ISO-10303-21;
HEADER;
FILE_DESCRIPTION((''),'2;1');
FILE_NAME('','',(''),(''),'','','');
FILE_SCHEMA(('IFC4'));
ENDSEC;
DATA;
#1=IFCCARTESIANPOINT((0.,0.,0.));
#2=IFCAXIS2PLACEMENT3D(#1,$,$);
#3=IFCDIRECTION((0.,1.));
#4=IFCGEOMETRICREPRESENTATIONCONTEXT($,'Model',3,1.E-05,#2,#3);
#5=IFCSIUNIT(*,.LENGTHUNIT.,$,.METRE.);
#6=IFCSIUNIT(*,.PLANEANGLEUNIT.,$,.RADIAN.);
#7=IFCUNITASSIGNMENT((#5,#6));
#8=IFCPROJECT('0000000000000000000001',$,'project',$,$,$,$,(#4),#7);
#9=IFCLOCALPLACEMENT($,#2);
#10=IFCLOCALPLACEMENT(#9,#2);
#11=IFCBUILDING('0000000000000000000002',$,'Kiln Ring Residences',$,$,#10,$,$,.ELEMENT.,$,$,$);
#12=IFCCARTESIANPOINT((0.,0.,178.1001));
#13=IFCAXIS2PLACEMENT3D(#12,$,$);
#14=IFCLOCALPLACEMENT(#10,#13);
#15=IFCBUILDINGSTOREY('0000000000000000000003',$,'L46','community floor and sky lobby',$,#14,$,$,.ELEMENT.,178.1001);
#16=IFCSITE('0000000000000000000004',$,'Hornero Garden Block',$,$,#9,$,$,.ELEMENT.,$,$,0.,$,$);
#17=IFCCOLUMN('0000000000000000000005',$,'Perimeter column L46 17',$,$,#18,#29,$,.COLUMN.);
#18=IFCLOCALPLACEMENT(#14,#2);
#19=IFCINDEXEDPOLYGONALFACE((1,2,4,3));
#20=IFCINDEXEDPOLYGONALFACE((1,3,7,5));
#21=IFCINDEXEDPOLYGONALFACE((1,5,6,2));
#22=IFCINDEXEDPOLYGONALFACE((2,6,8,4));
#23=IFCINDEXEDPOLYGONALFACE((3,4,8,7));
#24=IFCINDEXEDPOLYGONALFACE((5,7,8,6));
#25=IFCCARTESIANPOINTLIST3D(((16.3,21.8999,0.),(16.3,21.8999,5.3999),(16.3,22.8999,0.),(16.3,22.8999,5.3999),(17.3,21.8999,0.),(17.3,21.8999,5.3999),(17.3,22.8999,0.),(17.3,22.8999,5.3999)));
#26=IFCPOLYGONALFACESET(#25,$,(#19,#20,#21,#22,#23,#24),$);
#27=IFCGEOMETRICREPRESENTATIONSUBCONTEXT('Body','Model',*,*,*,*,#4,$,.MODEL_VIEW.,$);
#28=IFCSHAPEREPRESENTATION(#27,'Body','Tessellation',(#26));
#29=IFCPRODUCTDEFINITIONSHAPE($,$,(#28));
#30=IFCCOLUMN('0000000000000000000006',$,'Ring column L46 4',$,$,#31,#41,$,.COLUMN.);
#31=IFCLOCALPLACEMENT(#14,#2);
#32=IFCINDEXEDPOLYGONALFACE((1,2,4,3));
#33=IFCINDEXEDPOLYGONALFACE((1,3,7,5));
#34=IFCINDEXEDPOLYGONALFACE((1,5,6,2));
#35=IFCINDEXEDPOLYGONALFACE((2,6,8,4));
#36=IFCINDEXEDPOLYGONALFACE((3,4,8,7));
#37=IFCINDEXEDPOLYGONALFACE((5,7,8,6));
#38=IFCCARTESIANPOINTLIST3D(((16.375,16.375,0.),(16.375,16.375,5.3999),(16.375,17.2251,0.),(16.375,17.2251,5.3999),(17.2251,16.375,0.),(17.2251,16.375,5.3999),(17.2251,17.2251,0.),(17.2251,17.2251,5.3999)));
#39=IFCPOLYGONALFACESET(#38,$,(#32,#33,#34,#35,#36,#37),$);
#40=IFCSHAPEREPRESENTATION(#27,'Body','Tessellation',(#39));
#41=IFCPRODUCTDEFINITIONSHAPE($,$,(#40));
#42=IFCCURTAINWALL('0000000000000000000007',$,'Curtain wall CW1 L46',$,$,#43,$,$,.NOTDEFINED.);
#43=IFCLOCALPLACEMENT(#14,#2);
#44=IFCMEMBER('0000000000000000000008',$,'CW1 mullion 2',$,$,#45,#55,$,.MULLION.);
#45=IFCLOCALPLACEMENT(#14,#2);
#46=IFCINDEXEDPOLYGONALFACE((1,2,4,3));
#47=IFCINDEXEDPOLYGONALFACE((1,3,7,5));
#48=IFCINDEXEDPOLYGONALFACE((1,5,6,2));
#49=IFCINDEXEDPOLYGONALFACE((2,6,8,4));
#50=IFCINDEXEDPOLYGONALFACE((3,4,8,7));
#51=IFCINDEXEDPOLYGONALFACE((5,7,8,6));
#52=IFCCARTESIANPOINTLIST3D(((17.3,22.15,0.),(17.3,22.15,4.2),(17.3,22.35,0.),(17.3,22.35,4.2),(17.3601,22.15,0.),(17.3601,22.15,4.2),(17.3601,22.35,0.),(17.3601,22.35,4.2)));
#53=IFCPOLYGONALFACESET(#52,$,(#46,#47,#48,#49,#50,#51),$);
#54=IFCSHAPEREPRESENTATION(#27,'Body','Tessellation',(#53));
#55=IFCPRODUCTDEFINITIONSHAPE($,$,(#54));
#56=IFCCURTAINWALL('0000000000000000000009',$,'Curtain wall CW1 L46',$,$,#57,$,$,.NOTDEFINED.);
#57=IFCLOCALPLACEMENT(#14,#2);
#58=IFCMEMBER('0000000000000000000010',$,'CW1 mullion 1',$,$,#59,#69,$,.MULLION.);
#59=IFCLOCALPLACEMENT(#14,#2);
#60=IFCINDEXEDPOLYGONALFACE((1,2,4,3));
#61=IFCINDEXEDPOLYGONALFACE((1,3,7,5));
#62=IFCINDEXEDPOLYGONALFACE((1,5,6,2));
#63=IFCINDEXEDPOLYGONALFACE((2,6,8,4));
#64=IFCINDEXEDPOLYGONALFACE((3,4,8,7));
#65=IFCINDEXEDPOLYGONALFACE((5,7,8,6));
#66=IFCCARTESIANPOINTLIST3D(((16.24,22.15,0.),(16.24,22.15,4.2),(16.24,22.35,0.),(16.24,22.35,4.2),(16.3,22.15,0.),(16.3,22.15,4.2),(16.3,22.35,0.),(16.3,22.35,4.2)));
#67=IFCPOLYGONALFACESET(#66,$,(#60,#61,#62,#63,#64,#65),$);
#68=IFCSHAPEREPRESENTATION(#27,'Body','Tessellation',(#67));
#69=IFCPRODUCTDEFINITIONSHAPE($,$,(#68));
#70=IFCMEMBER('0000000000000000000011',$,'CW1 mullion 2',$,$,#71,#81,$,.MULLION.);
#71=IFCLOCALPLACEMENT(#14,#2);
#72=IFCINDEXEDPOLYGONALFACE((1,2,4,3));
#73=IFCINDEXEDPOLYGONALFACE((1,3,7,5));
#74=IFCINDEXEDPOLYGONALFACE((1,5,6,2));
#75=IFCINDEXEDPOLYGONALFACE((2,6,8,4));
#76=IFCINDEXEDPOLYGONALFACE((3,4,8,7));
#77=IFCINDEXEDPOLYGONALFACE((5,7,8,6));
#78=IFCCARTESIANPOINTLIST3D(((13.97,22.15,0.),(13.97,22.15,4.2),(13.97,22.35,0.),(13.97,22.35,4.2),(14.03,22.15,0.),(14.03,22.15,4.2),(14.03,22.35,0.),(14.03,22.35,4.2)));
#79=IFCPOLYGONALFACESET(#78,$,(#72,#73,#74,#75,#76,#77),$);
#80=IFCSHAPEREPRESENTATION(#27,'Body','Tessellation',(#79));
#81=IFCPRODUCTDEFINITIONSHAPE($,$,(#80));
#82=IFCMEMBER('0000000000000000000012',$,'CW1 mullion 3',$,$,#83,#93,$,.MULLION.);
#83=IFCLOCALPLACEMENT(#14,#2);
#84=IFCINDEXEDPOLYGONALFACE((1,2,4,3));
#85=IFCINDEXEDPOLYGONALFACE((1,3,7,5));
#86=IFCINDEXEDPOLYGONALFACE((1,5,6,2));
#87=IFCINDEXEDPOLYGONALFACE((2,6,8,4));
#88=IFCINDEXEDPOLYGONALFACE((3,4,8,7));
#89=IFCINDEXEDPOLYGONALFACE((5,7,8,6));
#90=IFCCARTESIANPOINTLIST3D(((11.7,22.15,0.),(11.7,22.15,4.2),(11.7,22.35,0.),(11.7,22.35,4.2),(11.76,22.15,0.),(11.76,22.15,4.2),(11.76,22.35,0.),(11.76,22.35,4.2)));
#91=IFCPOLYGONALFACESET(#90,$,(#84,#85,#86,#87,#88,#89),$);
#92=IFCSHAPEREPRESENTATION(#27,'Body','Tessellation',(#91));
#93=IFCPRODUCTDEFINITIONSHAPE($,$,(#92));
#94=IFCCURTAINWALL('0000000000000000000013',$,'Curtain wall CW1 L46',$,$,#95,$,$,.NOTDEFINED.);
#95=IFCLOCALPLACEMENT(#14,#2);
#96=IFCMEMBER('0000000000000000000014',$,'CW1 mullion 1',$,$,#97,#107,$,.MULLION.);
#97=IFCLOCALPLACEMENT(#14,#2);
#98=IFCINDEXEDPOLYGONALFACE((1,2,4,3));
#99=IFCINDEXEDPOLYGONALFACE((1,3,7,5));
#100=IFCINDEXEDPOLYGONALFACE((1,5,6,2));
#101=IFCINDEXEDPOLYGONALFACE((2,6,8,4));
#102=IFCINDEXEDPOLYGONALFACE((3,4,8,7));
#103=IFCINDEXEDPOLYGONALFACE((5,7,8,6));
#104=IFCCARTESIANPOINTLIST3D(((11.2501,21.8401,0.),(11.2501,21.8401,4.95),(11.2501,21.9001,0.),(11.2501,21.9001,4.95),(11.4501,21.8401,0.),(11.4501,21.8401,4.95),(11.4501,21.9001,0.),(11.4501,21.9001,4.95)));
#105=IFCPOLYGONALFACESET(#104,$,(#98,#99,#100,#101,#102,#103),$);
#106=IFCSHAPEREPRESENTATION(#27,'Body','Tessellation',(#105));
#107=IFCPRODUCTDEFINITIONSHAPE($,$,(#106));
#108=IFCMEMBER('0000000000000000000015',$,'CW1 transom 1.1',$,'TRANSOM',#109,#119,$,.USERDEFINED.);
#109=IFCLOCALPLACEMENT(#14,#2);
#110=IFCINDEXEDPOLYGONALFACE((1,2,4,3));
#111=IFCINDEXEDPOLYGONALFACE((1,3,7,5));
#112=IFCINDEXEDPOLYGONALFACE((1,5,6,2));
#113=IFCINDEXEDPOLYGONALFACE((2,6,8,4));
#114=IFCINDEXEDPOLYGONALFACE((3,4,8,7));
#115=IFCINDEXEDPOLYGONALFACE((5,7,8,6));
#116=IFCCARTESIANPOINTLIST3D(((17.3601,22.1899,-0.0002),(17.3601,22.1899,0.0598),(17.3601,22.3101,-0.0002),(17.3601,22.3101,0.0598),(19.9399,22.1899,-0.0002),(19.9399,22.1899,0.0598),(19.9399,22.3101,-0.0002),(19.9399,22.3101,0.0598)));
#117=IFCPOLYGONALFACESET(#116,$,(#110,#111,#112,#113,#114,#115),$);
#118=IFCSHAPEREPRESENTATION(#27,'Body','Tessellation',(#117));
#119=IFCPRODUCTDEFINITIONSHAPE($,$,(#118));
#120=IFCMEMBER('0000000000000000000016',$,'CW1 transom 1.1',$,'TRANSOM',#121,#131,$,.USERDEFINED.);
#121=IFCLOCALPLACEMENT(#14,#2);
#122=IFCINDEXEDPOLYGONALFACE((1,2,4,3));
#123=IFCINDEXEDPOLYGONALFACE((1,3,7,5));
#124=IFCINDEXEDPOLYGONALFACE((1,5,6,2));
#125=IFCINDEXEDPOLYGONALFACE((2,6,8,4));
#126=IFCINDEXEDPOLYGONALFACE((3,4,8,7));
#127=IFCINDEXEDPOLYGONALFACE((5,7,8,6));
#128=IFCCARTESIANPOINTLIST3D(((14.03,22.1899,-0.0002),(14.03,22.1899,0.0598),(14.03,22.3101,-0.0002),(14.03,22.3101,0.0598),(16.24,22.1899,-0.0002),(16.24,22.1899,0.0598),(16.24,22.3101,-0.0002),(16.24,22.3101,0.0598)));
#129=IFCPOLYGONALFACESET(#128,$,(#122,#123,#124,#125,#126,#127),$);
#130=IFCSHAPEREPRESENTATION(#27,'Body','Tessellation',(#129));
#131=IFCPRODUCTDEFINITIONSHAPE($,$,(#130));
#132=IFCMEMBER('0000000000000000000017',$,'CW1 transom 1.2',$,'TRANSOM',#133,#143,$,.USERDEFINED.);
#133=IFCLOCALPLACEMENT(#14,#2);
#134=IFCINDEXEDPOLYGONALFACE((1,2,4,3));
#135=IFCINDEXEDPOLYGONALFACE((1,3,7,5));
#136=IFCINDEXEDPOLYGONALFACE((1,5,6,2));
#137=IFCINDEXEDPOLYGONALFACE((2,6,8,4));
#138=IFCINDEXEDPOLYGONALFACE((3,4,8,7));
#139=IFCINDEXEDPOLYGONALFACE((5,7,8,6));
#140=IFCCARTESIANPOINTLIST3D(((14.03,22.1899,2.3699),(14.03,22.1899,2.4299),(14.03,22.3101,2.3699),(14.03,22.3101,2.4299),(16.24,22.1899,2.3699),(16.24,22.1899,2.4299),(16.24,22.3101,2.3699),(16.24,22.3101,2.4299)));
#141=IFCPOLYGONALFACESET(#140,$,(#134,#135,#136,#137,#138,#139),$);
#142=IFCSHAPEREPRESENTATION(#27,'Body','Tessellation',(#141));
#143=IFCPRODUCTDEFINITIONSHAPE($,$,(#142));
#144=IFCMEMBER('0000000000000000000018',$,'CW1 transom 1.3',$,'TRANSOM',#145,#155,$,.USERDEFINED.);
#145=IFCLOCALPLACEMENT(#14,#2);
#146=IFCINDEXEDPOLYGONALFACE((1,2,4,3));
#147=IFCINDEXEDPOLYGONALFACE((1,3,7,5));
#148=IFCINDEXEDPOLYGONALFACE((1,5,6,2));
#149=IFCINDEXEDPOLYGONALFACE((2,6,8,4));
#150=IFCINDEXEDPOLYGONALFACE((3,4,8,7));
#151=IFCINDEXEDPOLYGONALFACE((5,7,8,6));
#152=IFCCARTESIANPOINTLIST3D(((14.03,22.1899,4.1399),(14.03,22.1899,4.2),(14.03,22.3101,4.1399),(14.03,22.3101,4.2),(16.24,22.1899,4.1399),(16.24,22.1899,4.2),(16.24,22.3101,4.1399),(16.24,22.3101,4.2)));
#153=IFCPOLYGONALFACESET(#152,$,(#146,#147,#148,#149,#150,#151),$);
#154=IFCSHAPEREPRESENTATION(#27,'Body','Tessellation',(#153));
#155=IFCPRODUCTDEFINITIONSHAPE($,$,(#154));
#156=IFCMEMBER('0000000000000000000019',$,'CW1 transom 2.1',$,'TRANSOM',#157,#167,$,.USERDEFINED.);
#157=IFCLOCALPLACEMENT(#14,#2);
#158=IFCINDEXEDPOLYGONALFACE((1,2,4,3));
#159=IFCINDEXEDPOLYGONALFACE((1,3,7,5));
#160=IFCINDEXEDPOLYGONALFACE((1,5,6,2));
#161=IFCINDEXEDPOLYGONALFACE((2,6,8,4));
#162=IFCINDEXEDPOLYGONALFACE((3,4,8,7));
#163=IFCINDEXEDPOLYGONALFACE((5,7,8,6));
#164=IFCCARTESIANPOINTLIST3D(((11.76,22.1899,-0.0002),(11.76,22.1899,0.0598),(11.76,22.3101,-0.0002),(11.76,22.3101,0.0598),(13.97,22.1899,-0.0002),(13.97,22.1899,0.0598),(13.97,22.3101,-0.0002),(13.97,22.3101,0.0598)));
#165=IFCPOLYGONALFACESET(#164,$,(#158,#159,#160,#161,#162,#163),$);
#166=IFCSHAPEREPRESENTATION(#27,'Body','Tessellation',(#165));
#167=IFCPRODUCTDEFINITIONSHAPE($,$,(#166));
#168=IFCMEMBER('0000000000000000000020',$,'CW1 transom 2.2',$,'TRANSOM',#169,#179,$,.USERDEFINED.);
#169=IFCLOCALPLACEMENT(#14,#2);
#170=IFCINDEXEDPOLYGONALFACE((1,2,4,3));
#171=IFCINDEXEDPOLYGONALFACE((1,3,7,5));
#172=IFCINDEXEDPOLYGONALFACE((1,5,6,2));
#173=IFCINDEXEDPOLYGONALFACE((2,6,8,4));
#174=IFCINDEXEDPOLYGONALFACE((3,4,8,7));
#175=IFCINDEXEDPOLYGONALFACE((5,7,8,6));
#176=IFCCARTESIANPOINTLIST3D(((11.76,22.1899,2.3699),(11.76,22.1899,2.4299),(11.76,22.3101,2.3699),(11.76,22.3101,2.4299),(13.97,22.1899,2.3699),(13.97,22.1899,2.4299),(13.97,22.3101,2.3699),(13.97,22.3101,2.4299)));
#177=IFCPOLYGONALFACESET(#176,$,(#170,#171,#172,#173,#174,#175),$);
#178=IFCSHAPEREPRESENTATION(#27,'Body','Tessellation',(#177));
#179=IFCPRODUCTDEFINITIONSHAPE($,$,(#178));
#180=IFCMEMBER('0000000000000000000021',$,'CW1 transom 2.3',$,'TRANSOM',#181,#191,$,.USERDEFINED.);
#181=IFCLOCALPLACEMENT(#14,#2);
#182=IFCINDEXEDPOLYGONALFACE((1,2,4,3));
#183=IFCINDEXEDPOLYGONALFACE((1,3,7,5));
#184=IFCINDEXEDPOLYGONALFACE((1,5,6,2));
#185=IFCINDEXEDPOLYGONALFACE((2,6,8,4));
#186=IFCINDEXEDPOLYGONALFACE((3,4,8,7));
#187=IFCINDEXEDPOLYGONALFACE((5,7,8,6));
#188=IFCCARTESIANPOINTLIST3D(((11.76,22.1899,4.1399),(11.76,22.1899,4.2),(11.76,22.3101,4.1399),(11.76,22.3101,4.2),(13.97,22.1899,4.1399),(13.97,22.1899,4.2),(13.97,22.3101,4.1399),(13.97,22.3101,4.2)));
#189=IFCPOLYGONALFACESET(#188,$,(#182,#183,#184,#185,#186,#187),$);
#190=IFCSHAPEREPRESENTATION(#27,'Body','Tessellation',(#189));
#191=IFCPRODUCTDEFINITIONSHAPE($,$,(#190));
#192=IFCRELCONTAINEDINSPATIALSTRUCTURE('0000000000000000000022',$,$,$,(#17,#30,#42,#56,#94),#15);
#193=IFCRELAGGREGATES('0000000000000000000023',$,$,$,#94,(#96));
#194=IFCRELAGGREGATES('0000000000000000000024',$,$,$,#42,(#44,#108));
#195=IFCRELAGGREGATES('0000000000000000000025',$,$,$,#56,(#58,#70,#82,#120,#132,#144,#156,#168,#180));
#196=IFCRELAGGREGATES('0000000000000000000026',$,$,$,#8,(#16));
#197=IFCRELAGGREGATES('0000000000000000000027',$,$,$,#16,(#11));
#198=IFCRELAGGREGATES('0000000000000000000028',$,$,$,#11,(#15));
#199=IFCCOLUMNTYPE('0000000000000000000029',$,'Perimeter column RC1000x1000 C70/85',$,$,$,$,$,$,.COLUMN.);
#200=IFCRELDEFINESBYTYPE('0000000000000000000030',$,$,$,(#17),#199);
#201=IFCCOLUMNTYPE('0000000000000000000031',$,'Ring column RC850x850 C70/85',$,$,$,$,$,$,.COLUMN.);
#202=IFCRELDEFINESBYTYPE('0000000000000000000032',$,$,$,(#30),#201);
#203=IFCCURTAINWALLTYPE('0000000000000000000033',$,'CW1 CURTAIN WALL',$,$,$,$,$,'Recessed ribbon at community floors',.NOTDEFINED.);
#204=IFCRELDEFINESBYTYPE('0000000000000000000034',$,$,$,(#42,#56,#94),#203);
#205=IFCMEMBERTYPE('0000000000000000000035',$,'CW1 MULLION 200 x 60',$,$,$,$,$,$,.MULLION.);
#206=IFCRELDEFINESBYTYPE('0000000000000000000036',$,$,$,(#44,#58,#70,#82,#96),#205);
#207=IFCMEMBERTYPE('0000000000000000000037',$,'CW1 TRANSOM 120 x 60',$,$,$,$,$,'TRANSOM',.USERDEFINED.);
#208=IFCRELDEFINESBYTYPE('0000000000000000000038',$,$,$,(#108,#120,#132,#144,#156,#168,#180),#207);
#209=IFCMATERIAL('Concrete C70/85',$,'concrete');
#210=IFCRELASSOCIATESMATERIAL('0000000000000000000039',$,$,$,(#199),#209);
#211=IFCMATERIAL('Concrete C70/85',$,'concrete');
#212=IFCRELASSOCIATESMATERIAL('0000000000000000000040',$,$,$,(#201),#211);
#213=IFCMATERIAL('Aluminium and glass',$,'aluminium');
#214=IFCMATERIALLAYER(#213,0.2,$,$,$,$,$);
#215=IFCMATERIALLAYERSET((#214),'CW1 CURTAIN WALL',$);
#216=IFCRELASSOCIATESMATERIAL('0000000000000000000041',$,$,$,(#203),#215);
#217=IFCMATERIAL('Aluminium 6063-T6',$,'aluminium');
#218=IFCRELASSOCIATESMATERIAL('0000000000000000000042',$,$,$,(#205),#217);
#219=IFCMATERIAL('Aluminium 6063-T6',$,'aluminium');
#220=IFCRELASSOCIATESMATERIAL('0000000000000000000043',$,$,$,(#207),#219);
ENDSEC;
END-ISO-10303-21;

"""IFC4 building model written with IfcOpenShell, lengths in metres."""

from ifc_helpers import new_model, si_unit, direction, frame, origin, origin_2d, place, context, subcontext, project, spatial, rectangle, extrude, material, layer, layer_set, material_profile, profile_set, type_object, element, aggregate, save


model = new_model("IFC4")

# Units and contexts
model_context = context("Model", 3, precision=1e-05, world=origin(), true_north=direction((0.0, 1.0)))
body_context = subcontext(model_context, "Body", "Model", "MODEL_VIEW")
ifc_project = project(units=[si_unit("LENGTHUNIT", "METRE"), si_unit("PLANEANGLEUNIT", "RADIAN")], contexts=[model_context])

# Site, building, storey
site_placement = place(None, origin())
site = spatial("IfcSite", under=ifc_project, at=site_placement, Name="Hornero Garden Block", CompositionType="ELEMENT", RefElevation=0.0)
building_placement = place(site_placement, origin())
building = spatial("IfcBuilding", under=site, at=building_placement, Name="Kiln Ring Residences", CompositionType="ELEMENT")
storey_placement = place(building_placement, frame((0.0, 0.0, 178.1001)))
storey = spatial("IfcBuildingStorey", under=building, at=storey_placement, Name="L46", Description="community floor and sky lobby", CompositionType="ELEMENT", Elevation=178.1001)

# Columns
ifc_material_1 = material(Name="Concrete C70/85", Category="concrete")
ifc_material_profile_1 = material_profile(ifc_material_1, rectangle(XDim=1.0, YDim=1.0, at=origin_2d()), Name="RC1000x1000")
ifc_profile_set_1 = profile_set([ifc_material_profile_1], Name="Concrete C70/85")
column_type_1 = type_object("IfcColumnType", Name="Perimeter column RC1000x1000 C70/85", PredefinedType="COLUMN", material=ifc_profile_set_1)
column_1_placement = place(storey_placement, frame((16.8, 22.3999, 0.0), z_axis=(0.0, 0.0, 1.0), x_axis=(1.0, 0.0, 0.0)))
element("IfcColumn", 1, at=column_1_placement, inside=storey, type_object=column_type_1, Name="Perimeter column L46 17", PredefinedType="COLUMN", context=body_context, shape_type="SweptSolid", body=[
    extrude(rectangle(XDim=1.0, YDim=1.0, at=origin_2d()), origin(), (0.0, 0.0, 1.0), 5.3999),
])
ifc_material_2 = material(Name="Concrete C70/85", Category="concrete")
ifc_material_profile_2 = material_profile(ifc_material_2, rectangle(XDim=0.8501, YDim=0.8501, at=origin_2d()), Name="RC850x850")
ifc_profile_set_2 = profile_set([ifc_material_profile_2], Name="Concrete C70/85")
column_type_2 = type_object("IfcColumnType", Name="Ring column RC850x850 C70/85", PredefinedType="COLUMN", material=ifc_profile_set_2)
column_2_placement = place(storey_placement, frame((16.8, 16.8, 0.0), z_axis=(0.0, 0.0, 1.0), x_axis=(1.0, 0.0, 0.0)))
element("IfcColumn", 2, at=column_2_placement, inside=storey, type_object=column_type_2, Name="Ring column L46 4", PredefinedType="COLUMN", context=body_context, shape_type="SweptSolid", body=[
    extrude(rectangle(XDim=0.8501, YDim=0.8501, at=origin_2d()), origin(), (0.0, 0.0, 1.0), 5.3999),
])

# Curtain wall, member
ifc_material_3 = material(Name="Aluminium and glass", Category="aluminium")
ifc_layer_1 = layer(ifc_material_3, 0.2)
ifc_layer_set_1 = layer_set([ifc_layer_1], Name="CW1 CURTAIN WALL")
curtain_wall_type = type_object("IfcCurtainWallType", Name="CW1 CURTAIN WALL", ElementType="Recessed ribbon at community floors", PredefinedType="NOTDEFINED", material=ifc_layer_set_1)
placement = place(storey_placement, origin())
curtain_wall_1 = element("IfcCurtainWall", 3, at=placement, inside=storey, type_object=curtain_wall_type, Name="Curtain wall CW1 L46", PredefinedType="NOTDEFINED")
ifc_material_4 = material(Name="Aluminium 6063-T6", Category="aluminium")
ifc_material_profile_3 = material_profile(ifc_material_4, rectangle(XDim=0.2, YDim=0.0601, at=origin_2d()), Name="AL 200x60")
ifc_profile_set_3 = profile_set([ifc_material_profile_3], Name="Aluminium 6063-T6")
member_type_1 = type_object("IfcMemberType", Name="CW1 MULLION 200 x 60", PredefinedType="MULLION", material=ifc_profile_set_3)
member_1_placement = place(storey_placement, frame((17.3301, 22.25, 0.0), z_axis=(0.0, 0.0, 1.0), x_axis=(0.0, -1.0, 0.0)))
member_1 = element("IfcMember", 4, at=member_1_placement, type_object=member_type_1, Name="CW1 mullion 2", PredefinedType="MULLION", context=body_context, shape_type="SweptSolid", body=[
    extrude(rectangle(XDim=0.2, YDim=0.0601, at=origin_2d()), origin(), (0.0, 0.0, 1.0), 4.2),
])

# Curtain wall, members
curtain_wall_2 = element("IfcCurtainWall", 5, at=placement, inside=storey, type_object=curtain_wall_type, Name="Curtain wall CW1 L46", PredefinedType="NOTDEFINED")
member_2_placement = place(storey_placement, frame((16.27, 22.25, 0.0), z_axis=(0.0, 0.0, 1.0), x_axis=(0.0, -1.0, 0.0)))
member_2 = element("IfcMember", 6, at=member_2_placement, type_object=member_type_1, Name="CW1 mullion 1", PredefinedType="MULLION", context=body_context, shape_type="SweptSolid", body=[
    extrude(rectangle(XDim=0.2, YDim=0.0601, at=origin_2d()), origin(), (0.0, 0.0, 1.0), 4.2),
])
member_3_placement = place(storey_placement, frame((14.0, 22.25, 0.0), z_axis=(0.0, 0.0, 1.0), x_axis=(0.0, -1.0, 0.0)))
member_3 = element("IfcMember", 7, at=member_3_placement, type_object=member_type_1, Name="CW1 mullion 2", PredefinedType="MULLION", context=body_context, shape_type="SweptSolid", body=[
    extrude(rectangle(XDim=0.2, YDim=0.0601, at=origin_2d()), origin(), (0.0, 0.0, 1.0), 4.2),
])
member_4_placement = place(storey_placement, frame((11.73, 22.25, 0.0), z_axis=(0.0, 0.0, 1.0), x_axis=(0.0, -1.0, 0.0)))
member_4 = element("IfcMember", 8, at=member_4_placement, type_object=member_type_1, Name="CW1 mullion 3", PredefinedType="MULLION", context=body_context, shape_type="SweptSolid", body=[
    extrude(rectangle(XDim=0.2, YDim=0.0601, at=origin_2d()), origin(), (0.0, 0.0, 1.0), 4.2),
])

# Curtain wall, member
curtain_wall_3 = element("IfcCurtainWall", 9, at=placement, inside=storey, type_object=curtain_wall_type, Name="Curtain wall CW1 L46", PredefinedType="NOTDEFINED")
member_5_placement = place(storey_placement, frame((11.3501, 21.8701, 0.0), z_axis=(0.0, 0.0, 1.0), x_axis=(1.0, 0.0, 0.0)))
member_5 = element("IfcMember", 10, at=member_5_placement, type_object=member_type_1, Name="CW1 mullion 1", PredefinedType="MULLION", context=body_context, shape_type="SweptSolid", body=[
    extrude(rectangle(XDim=0.2, YDim=0.0601, at=origin_2d()), origin(), (0.0, 0.0, 1.0), 4.95),
])
aggregate(curtain_wall_3, [member_5])

# Members
ifc_material_5 = material(Name="Aluminium 6063-T6", Category="aluminium")
ifc_material_profile_4 = material_profile(ifc_material_5, rectangle(XDim=0.1201, YDim=0.0601, at=origin_2d()), Name="AL 120x60")
ifc_profile_set_4 = profile_set([ifc_material_profile_4], Name="Aluminium 6063-T6")
member_type_2 = type_object("IfcMemberType", Name="CW1 TRANSOM 120 x 60", ElementType="TRANSOM", PredefinedType="USERDEFINED", material=ifc_profile_set_4)
member_6_placement = place(storey_placement, frame((19.9399, 22.25, 0.0298), z_axis=(-1.0, 0.0, 0.0), x_axis=(0.0, -1.0, 0.0)))
member_6 = element("IfcMember", 11, at=member_6_placement, type_object=member_type_2, Name="CW1 transom 1.1", ObjectType="TRANSOM", PredefinedType="USERDEFINED", context=body_context, shape_type="SweptSolid", body=[
    extrude(rectangle(XDim=0.1201, YDim=0.0601, at=origin_2d()), origin(), (0.0, 0.0, 1.0), 2.5798),
])
member_7_placement = place(storey_placement, frame((16.24, 22.25, 0.0298), z_axis=(-1.0, 0.0, 0.0), x_axis=(0.0, -1.0, 0.0)))
member_7 = element("IfcMember", 12, at=member_7_placement, type_object=member_type_2, Name="CW1 transom 1.1", ObjectType="TRANSOM", PredefinedType="USERDEFINED", context=body_context, shape_type="SweptSolid", body=[
    extrude(rectangle(XDim=0.1201, YDim=0.0601, at=origin_2d()), origin(), (0.0, 0.0, 1.0), 2.21),
])
member_8_placement = place(storey_placement, frame((16.24, 22.25, 2.3999), z_axis=(-1.0, 0.0, 0.0), x_axis=(0.0, -1.0, 0.0)))
member_8 = element("IfcMember", 13, at=member_8_placement, type_object=member_type_2, Name="CW1 transom 1.2", ObjectType="TRANSOM", PredefinedType="USERDEFINED", context=body_context, shape_type="SweptSolid", body=[
    extrude(rectangle(XDim=0.1201, YDim=0.0601, at=origin_2d()), origin(), (0.0, 0.0, 1.0), 2.21),
])
member_9_placement = place(storey_placement, frame((16.24, 22.25, 4.1699), z_axis=(-1.0, 0.0, 0.0), x_axis=(0.0, -1.0, 0.0)))
member_9 = element("IfcMember", 14, at=member_9_placement, type_object=member_type_2, Name="CW1 transom 1.3", ObjectType="TRANSOM", PredefinedType="USERDEFINED", context=body_context, shape_type="SweptSolid", body=[
    extrude(rectangle(XDim=0.1201, YDim=0.0601, at=origin_2d()), origin(), (0.0, 0.0, 1.0), 2.21),
])
member_10_placement = place(storey_placement, frame((13.97, 22.25, 0.0298), z_axis=(-1.0, 0.0, 0.0), x_axis=(0.0, -1.0, 0.0)))
member_10 = element("IfcMember", 15, at=member_10_placement, type_object=member_type_2, Name="CW1 transom 2.1", ObjectType="TRANSOM", PredefinedType="USERDEFINED", context=body_context, shape_type="SweptSolid", body=[
    extrude(rectangle(XDim=0.1201, YDim=0.0601, at=origin_2d()), origin(), (0.0, 0.0, 1.0), 2.21),
])
member_11_placement = place(storey_placement, frame((13.97, 22.25, 2.3999), z_axis=(-1.0, 0.0, 0.0), x_axis=(0.0, -1.0, 0.0)))
member_11 = element("IfcMember", 16, at=member_11_placement, type_object=member_type_2, Name="CW1 transom 2.2", ObjectType="TRANSOM", PredefinedType="USERDEFINED", context=body_context, shape_type="SweptSolid", body=[
    extrude(rectangle(XDim=0.1201, YDim=0.0601, at=origin_2d()), origin(), (0.0, 0.0, 1.0), 2.21),
])
member_12_placement = place(storey_placement, frame((13.97, 22.25, 4.1699), z_axis=(-1.0, 0.0, 0.0), x_axis=(0.0, -1.0, 0.0)))
member_12 = element("IfcMember", 17, at=member_12_placement, type_object=member_type_2, Name="CW1 transom 2.3", ObjectType="TRANSOM", PredefinedType="USERDEFINED", context=body_context, shape_type="SweptSolid", body=[
    extrude(rectangle(XDim=0.1201, YDim=0.0601, at=origin_2d()), origin(), (0.0, 0.0, 1.0), 2.21),
])

aggregate(curtain_wall_1, [member_1, member_6])
aggregate(curtain_wall_2, [member_2, member_3, member_4, member_7, member_8, member_9, member_10, member_11, member_12])

save(model, "model.ifc")
